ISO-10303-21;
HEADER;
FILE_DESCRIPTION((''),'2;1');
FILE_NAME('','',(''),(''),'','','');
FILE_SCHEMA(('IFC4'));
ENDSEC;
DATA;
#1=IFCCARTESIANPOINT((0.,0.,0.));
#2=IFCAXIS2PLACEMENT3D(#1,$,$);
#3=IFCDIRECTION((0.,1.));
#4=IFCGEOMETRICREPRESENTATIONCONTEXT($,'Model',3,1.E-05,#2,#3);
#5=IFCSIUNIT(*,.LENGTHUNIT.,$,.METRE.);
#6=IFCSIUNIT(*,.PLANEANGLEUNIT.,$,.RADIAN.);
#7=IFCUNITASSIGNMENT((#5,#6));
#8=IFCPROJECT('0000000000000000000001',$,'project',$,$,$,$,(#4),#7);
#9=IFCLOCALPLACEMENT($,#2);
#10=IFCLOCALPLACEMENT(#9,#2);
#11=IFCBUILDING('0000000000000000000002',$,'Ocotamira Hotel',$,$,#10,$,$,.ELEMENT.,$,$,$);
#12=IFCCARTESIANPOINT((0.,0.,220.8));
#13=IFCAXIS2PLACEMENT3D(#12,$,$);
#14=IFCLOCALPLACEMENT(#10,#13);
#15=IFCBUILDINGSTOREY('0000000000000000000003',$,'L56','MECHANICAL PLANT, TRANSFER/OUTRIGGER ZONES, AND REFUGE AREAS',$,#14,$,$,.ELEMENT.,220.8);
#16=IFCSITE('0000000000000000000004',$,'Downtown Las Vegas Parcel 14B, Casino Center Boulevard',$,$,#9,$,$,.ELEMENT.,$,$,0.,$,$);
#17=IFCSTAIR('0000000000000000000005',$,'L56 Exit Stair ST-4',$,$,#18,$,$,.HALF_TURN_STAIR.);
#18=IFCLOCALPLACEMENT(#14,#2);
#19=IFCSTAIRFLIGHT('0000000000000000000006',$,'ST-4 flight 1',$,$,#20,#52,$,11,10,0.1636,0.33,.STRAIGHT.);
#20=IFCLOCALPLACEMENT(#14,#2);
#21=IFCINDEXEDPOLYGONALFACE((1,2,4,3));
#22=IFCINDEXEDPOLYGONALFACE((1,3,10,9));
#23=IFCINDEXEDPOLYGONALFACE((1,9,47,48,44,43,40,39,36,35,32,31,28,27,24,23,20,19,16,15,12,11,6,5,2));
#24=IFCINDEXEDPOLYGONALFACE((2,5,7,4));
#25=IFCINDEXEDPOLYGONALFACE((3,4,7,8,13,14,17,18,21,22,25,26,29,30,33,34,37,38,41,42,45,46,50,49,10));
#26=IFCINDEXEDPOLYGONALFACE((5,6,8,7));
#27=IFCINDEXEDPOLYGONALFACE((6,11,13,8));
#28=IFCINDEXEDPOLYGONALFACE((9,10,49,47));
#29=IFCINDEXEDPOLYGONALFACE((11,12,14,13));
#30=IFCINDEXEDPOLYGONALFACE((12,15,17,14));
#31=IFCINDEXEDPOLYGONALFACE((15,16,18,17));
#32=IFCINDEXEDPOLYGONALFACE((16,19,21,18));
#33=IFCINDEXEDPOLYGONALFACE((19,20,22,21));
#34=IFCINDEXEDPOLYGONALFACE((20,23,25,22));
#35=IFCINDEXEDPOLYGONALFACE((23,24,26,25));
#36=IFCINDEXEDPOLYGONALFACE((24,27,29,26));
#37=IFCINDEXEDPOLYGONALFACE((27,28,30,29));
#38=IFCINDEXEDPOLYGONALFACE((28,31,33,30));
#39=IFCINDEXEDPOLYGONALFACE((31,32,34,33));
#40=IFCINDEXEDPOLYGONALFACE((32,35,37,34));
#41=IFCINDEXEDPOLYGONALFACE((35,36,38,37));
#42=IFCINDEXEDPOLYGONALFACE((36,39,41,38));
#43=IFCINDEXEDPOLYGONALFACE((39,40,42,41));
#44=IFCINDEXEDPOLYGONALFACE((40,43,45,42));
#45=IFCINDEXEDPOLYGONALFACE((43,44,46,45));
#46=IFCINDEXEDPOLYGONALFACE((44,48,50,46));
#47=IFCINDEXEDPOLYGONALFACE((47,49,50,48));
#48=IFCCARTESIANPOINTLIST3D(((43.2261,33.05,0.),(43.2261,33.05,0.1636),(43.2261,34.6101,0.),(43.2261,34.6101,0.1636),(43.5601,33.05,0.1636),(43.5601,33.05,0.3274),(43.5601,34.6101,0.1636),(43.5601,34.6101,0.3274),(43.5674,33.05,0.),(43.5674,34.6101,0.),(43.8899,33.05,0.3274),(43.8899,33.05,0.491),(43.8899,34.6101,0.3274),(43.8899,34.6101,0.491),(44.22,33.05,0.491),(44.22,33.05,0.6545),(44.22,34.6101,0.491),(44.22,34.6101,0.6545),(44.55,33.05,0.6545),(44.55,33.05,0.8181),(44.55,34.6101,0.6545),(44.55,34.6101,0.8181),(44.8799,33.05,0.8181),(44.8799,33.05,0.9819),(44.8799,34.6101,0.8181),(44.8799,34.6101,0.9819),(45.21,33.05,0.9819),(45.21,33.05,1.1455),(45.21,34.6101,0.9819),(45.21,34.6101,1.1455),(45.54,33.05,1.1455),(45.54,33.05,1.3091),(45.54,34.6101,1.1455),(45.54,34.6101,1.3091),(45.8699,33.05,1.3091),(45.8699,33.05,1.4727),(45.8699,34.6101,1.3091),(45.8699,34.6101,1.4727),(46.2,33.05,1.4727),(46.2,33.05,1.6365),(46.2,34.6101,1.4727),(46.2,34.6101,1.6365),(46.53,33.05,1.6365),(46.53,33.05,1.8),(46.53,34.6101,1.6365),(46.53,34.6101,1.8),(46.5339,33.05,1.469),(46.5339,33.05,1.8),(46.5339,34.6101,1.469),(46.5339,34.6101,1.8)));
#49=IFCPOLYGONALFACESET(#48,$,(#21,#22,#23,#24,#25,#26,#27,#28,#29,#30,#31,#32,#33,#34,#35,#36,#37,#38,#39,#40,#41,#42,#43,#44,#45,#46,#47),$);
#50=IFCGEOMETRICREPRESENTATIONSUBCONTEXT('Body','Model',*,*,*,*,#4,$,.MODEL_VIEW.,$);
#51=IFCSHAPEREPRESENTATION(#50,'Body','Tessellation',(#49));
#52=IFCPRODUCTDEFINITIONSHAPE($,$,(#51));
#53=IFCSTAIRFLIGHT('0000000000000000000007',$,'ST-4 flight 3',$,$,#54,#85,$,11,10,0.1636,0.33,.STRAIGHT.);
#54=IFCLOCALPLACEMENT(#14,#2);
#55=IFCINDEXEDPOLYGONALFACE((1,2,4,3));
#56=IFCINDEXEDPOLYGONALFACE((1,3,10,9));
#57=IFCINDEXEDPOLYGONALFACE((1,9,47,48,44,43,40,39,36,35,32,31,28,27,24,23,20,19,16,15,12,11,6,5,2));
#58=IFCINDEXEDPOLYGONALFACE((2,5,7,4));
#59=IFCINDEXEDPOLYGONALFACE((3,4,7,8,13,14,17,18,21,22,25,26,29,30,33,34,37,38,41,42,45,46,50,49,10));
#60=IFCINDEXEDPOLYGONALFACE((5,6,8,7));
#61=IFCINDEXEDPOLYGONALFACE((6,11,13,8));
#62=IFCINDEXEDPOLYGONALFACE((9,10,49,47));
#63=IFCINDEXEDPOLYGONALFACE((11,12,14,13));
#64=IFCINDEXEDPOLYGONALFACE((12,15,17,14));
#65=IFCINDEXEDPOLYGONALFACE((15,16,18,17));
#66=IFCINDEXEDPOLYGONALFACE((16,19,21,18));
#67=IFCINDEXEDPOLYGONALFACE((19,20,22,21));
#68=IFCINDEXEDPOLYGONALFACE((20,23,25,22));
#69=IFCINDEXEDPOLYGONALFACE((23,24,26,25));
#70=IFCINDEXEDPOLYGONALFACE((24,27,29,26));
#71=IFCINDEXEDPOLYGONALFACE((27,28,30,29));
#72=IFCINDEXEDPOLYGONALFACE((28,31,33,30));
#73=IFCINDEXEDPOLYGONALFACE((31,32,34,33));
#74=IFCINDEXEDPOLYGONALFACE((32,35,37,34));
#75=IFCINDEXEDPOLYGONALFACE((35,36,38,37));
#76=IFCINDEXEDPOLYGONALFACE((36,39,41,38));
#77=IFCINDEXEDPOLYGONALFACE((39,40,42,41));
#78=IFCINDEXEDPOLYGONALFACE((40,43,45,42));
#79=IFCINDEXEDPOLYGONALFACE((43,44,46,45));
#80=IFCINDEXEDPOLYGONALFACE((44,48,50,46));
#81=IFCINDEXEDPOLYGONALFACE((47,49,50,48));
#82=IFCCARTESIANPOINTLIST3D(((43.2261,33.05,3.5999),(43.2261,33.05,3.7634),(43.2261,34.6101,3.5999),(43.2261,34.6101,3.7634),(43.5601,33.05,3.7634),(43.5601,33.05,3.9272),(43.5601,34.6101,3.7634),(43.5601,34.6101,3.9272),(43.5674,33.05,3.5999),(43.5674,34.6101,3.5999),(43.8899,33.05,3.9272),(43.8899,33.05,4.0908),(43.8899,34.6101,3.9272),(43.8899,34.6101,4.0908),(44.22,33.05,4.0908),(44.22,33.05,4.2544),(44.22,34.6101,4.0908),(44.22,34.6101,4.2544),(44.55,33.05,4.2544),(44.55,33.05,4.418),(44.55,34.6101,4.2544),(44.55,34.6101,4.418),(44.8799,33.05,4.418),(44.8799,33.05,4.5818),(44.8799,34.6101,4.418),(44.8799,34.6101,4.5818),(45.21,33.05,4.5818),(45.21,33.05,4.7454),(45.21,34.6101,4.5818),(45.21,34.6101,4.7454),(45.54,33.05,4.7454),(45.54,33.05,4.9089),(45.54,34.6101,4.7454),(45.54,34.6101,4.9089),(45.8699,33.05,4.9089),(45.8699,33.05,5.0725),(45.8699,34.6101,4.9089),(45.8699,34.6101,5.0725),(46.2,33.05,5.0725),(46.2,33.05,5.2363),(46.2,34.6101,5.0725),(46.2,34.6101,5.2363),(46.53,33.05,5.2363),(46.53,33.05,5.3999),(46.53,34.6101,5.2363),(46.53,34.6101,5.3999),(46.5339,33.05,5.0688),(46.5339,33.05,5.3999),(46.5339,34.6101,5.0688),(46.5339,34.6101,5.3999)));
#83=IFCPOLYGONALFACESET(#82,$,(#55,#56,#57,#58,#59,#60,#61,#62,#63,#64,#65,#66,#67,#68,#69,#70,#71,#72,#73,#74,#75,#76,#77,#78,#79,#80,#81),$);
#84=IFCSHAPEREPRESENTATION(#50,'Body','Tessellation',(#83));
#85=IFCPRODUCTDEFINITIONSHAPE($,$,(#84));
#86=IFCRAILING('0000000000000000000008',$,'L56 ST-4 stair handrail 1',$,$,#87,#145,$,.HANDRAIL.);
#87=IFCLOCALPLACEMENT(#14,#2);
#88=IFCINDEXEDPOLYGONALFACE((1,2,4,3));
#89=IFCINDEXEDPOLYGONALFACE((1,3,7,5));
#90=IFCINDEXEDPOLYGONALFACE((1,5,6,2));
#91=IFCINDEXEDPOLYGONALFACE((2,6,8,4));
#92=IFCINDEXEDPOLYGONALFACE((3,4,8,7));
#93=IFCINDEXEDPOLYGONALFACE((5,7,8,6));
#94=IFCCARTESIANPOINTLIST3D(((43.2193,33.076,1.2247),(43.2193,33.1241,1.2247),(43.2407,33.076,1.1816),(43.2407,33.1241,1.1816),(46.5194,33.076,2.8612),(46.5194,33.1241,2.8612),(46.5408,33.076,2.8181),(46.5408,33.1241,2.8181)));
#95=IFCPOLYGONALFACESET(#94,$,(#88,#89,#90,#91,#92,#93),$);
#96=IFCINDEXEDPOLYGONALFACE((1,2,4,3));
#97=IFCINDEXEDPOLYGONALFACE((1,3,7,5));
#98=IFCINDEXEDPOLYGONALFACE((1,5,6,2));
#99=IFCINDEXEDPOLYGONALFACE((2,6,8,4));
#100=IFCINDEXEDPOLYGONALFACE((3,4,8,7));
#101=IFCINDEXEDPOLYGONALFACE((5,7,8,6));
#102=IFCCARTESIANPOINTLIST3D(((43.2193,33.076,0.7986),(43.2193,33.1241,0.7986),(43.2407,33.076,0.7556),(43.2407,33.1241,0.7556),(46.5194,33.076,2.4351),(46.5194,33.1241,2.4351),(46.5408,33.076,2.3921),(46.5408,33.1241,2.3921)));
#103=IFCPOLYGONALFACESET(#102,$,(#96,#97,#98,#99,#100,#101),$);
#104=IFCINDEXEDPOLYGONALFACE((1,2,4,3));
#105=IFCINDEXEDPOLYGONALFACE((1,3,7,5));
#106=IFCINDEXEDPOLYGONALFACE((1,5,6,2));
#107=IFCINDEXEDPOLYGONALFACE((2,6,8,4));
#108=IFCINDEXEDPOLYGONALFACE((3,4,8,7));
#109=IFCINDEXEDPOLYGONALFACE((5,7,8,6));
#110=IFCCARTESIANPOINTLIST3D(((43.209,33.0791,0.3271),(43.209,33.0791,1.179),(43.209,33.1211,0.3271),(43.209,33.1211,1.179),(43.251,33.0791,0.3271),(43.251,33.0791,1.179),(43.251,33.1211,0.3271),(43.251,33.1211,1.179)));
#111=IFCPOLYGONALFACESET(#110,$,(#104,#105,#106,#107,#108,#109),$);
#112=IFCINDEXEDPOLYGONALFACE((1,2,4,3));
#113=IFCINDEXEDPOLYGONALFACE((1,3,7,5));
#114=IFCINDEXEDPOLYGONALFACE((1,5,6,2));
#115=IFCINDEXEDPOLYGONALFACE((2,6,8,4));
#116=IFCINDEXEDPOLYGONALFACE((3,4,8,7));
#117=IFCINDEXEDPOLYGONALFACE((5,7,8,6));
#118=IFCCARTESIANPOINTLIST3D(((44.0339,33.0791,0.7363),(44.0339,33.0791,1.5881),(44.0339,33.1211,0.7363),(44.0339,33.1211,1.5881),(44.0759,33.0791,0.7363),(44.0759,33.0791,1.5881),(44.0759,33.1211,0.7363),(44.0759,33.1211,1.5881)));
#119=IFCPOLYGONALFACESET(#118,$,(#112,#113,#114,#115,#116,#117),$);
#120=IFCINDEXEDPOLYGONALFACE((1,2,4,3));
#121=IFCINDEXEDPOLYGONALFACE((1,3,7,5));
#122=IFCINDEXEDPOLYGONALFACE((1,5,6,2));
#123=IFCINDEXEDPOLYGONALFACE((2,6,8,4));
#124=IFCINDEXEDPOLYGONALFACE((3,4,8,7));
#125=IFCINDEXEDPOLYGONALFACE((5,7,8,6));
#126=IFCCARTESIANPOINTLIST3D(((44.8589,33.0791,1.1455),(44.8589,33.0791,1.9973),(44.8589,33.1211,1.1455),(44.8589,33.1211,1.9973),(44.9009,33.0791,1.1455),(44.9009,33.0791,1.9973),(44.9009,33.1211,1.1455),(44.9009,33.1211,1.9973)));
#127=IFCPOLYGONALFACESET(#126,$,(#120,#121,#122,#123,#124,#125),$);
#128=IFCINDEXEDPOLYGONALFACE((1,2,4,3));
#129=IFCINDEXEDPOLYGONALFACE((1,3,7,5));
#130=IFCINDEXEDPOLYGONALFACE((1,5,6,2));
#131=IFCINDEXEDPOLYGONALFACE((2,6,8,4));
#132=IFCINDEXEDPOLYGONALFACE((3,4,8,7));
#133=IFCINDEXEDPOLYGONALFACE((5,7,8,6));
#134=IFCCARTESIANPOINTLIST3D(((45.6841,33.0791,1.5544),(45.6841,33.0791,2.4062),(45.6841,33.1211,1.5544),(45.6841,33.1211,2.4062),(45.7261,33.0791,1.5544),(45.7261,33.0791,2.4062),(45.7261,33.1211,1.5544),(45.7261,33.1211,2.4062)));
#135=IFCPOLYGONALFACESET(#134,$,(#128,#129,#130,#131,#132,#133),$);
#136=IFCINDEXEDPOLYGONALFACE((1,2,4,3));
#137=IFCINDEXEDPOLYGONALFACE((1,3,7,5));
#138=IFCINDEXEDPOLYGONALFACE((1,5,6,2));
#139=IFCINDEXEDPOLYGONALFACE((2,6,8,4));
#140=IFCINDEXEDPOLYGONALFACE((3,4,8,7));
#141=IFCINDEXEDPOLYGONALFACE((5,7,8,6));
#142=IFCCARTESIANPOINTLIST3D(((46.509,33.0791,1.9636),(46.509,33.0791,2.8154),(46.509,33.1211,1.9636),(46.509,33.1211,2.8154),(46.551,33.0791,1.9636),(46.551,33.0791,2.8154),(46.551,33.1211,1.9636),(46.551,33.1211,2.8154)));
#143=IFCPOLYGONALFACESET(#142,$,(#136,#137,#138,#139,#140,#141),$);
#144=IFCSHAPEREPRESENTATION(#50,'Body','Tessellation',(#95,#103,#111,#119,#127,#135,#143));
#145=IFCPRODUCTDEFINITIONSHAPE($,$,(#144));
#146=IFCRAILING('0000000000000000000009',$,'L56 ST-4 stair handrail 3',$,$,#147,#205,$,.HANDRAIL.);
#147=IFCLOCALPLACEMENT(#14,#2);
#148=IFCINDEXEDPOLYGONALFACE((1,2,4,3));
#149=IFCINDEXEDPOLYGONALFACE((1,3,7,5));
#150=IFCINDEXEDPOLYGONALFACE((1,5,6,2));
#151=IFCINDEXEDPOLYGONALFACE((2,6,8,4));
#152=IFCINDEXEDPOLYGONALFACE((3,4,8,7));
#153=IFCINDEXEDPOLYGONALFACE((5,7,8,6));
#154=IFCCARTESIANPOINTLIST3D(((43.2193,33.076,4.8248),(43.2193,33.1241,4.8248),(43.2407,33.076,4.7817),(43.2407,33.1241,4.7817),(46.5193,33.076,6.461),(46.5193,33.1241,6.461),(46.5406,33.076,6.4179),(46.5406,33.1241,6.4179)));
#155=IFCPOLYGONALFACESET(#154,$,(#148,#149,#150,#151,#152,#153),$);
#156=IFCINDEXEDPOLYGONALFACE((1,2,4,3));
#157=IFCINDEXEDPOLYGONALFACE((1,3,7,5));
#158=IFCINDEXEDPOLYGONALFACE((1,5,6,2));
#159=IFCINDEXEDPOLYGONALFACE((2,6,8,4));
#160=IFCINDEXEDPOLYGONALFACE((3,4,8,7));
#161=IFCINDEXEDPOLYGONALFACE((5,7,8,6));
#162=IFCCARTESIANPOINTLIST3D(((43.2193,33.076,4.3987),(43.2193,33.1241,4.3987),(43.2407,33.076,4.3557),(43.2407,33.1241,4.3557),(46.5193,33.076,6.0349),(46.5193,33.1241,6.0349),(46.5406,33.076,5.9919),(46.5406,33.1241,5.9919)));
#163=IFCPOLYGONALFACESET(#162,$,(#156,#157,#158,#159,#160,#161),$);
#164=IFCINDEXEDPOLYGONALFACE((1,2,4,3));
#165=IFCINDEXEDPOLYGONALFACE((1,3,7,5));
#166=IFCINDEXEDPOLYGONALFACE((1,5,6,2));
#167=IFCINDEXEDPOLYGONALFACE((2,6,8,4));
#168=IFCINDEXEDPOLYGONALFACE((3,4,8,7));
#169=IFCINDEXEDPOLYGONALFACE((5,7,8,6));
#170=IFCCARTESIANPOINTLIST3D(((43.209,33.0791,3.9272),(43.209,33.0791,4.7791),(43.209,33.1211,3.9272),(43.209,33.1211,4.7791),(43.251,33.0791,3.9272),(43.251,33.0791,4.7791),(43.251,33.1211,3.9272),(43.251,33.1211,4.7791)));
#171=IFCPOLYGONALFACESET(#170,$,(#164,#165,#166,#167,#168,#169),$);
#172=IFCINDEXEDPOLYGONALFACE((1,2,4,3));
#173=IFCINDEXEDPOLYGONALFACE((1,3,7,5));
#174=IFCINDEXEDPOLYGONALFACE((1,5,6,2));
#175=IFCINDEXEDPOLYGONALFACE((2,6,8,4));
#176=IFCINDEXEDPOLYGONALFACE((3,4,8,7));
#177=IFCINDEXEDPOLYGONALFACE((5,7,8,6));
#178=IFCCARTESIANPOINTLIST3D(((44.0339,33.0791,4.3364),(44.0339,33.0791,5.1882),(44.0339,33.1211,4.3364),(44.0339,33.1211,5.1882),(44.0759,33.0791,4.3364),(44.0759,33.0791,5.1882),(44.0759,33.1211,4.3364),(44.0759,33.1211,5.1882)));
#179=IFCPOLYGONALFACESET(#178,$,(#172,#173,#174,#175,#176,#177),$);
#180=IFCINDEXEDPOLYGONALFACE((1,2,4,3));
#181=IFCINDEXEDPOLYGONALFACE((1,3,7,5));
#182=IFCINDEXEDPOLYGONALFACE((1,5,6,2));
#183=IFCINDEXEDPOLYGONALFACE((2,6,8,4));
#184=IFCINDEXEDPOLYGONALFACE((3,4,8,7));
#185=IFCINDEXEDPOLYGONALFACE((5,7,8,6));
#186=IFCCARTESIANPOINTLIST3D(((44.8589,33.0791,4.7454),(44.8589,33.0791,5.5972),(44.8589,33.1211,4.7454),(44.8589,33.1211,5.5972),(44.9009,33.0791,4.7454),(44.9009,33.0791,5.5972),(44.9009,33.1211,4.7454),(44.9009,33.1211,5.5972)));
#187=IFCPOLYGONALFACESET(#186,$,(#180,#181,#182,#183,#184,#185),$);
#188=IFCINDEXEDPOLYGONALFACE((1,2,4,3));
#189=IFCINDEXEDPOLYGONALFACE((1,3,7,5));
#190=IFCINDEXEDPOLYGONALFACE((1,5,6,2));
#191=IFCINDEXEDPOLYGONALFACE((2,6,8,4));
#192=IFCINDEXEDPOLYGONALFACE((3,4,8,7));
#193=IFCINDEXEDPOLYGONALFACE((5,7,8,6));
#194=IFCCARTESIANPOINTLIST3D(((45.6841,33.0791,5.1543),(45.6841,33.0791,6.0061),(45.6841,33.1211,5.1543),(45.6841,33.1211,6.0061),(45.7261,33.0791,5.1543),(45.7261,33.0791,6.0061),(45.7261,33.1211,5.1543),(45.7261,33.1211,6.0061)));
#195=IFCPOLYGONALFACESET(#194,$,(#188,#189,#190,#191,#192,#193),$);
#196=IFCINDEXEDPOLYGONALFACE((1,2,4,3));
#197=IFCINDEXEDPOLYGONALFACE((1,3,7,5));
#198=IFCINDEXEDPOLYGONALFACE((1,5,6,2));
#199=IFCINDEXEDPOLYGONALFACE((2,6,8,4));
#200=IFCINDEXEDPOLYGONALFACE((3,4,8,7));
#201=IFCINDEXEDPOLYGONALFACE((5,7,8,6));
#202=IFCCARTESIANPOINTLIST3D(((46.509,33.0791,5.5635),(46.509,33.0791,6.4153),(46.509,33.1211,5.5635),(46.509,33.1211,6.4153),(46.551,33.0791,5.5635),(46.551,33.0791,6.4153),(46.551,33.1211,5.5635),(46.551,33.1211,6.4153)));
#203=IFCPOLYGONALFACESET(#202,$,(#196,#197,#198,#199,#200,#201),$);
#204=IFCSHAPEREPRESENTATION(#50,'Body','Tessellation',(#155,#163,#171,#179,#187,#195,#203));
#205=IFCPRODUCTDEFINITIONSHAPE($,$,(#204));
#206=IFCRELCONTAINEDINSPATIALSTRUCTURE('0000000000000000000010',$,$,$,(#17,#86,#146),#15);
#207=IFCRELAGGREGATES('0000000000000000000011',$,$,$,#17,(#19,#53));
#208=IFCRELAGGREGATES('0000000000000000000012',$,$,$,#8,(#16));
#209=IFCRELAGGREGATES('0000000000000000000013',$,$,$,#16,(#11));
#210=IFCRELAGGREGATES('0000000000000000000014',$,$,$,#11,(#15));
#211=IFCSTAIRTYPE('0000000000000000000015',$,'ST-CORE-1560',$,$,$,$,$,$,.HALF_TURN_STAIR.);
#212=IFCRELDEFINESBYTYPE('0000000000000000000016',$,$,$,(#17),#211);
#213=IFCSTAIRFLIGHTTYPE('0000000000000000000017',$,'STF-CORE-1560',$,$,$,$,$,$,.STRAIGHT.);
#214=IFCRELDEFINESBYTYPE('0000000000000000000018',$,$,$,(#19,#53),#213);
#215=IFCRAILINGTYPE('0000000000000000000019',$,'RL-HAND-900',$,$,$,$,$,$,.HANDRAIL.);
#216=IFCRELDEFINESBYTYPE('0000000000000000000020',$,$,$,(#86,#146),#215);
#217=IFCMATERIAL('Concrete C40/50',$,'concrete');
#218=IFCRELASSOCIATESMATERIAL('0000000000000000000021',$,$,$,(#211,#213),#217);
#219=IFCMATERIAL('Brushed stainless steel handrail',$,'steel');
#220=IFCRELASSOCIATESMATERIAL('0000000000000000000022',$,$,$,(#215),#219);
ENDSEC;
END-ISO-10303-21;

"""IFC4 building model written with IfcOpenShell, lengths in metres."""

from ifc_helpers import new_model, si_unit, direction, frame, origin, origin_2d, place, context, subcontext, project, spatial, polyline, rectangle, outline, extrude, source, transform, mapped, material, type_object, element, aggregate, save


model = new_model("IFC4")

# Units and contexts
model_context = context("Model", 3, precision=1e-05, world=origin(), true_north=direction((0.0, 1.0)))
body_context = subcontext(model_context, "Body", "Model", "MODEL_VIEW")
ifc_project = project(units=[si_unit("LENGTHUNIT", "METRE"), si_unit("PLANEANGLEUNIT", "RADIAN")], contexts=[model_context])

# Site, building, storey
site_placement = place(None, origin())
site = spatial("IfcSite", under=ifc_project, at=site_placement, Name="Downtown Las Vegas Parcel 14B, Casino Center Boulevard", CompositionType="ELEMENT", RefElevation=0.0)
building_placement = place(site_placement, origin())
building = spatial("IfcBuilding", under=site, at=building_placement, Name="Ocotamira Hotel", CompositionType="ELEMENT")
storey_placement = place(building_placement, frame((0.0, 0.0, 220.8)))
storey = spatial("IfcBuildingStorey", under=building, at=storey_placement, Name="L56", Description="MECHANICAL PLANT, TRANSFER/OUTRIGGER ZONES, AND REFUGE AREAS", CompositionType="ELEMENT", Elevation=220.8)

# Stair, stair flights
ifc_material_1 = material(Name="Concrete C40/50", Category="concrete")
stair_type = type_object("IfcStairType", Name="ST-CORE-1560", PredefinedType="HALF_TURN_STAIR", material=ifc_material_1)
stair_placement = place(storey_placement, origin())
stair = element("IfcStair", 1, at=stair_placement, inside=storey, type_object=stair_type, Name="L56 Exit Stair ST-4", PredefinedType="HALF_TURN_STAIR")
stair_flight_type = type_object("IfcStairFlightType", Name="STF-CORE-1560", PredefinedType="STRAIGHT", material=ifc_material_1)
shared_shape_1 = source(origin(), body_context, "Body", "SweptSolid", [
    extrude(outline(polyline([(-0.0039, 0.0), (-0.0039, 0.1636), (0.3301, 0.1636), (0.3301, 0.3274), (0.6599, 0.3274), (0.6599, 0.491), (0.99, 0.491), (0.99, 0.6545), (1.3201, 0.6545), (1.3201, 0.8181), (1.6499, 0.8181), (1.6499, 0.9819), (1.98, 0.9819), (1.98, 1.1455), (2.3101, 1.1455), (2.3101, 1.3091), (2.6399, 1.3091), (2.6399, 1.4727), (2.97, 1.4727), (2.97, 1.6365), (3.3, 1.6365), (3.3, 1.8), (3.304, 1.8), (3.304, 1.469), (0.3374, 0.0), (-0.0039, 0.0)])), frame((0.0, 0.78, 0.0), z_axis=(0.0, -1.0, 0.0), x_axis=(1.0, 0.0, 0.0)), (0.0, 0.0, 1.0), 1.5601),
])
stair_flight_1_placement = place(storey_placement, frame((43.23, 33.8301, 0.0), z_axis=(0.0, 0.0, 1.0), x_axis=(1.0, 0.0, 0.0)))
stair_flight_1 = element("IfcStairFlight", 2, at=stair_flight_1_placement, type_object=stair_flight_type, Name="ST-4 flight 1", NumberOfRisers=11, NumberOfTreads=10, PredefinedType="STRAIGHT", RiserHeight=0.1636, TreadLength=0.33, context=body_context, shape_type="MappedRepresentation", body=[
    mapped(shared_shape_1, transform((0.0, 0.0, 0.0), scale=1.0)),
])
stair_flight_2_placement = place(storey_placement, frame((43.23, 33.8301, 3.5999), z_axis=(0.0, 0.0, 1.0), x_axis=(1.0, 0.0, 0.0)))
stair_flight_2 = element("IfcStairFlight", 3, at=stair_flight_2_placement, type_object=stair_flight_type, Name="ST-4 flight 3", NumberOfRisers=11, NumberOfTreads=10, PredefinedType="STRAIGHT", RiserHeight=0.1636, TreadLength=0.33, context=body_context, shape_type="MappedRepresentation", body=[
    mapped(shared_shape_1, transform((0.0, 0.0, 0.0), scale=1.0)),
])
aggregate(stair, [stair_flight_1, stair_flight_2])

# Railings
ifc_material_2 = material(Name="Brushed stainless steel handrail", Category="steel")
railing_type_1 = type_object("IfcRailingType", Name="RL-HAND-900", PredefinedType="HANDRAIL", material=ifc_material_2)
railing_1_placement = place(storey_placement, frame((43.23, 33.1001, 0.3271)))
element("IfcRailing", 4, at=railing_1_placement, inside=storey, type_object=railing_type_1, Name="L56 ST-4 stair handrail 1", PredefinedType="HANDRAIL", context=body_context, shape_type="SweptSolid", body=[
    extrude(rectangle(XDim=0.0481, YDim=0.0481, at=origin_2d()), frame((0.0, 0.0, 0.876), z_axis=(0.895894, 0.0, 0.444268), x_axis=(0.0, 1.0, 0.0)), (0.0, 0.0, 1.0), 3.6836),
    extrude(rectangle(XDim=0.0481, YDim=0.0481, at=origin_2d()), frame((0.0, 0.0, 0.45), z_axis=(0.895894, 0.0, 0.444268), x_axis=(0.0, 1.0, 0.0)), (0.0, 0.0, 1.0), 3.6836),
    extrude(rectangle(XDim=0.042, YDim=0.042, at=origin_2d()), origin(), (0.0, 0.0, 1.0), 0.8518),
    extrude(rectangle(XDim=0.042, YDim=0.042, at=origin_2d()), frame((0.825, 0.0, 0.4092)), (0.0, 0.0, 1.0), 0.8518),
    extrude(rectangle(XDim=0.042, YDim=0.042, at=origin_2d()), frame((1.6499, 0.0, 0.8184)), (0.0, 0.0, 1.0), 0.8518),
    extrude(rectangle(XDim=0.042, YDim=0.042, at=origin_2d()), frame((2.4751, 0.0, 1.2273)), (0.0, 0.0, 1.0), 0.8518),
    extrude(rectangle(XDim=0.042, YDim=0.042, at=origin_2d()), frame((3.3, 0.0, 1.6365)), (0.0, 0.0, 1.0), 0.8518),
])
railing_2_placement = place(storey_placement, frame((43.23, 33.1001, 3.9272)))
element("IfcRailing", 5, at=railing_2_placement, inside=storey, type_object=railing_type_1, Name="L56 ST-4 stair handrail 3", PredefinedType="HANDRAIL", context=body_context, shape_type="SweptSolid", body=[
    extrude(rectangle(XDim=0.0481, YDim=0.0481, at=origin_2d()), frame((0.0, 0.0, 0.876), z_axis=(0.89592, 0.0, 0.444215), x_axis=(0.0, 1.0, 0.0)), (0.0, 0.0, 1.0), 3.6833),
    extrude(rectangle(XDim=0.0481, YDim=0.0481, at=origin_2d()), frame((0.0, 0.0, 0.45), z_axis=(0.89592, 0.0, 0.444215), x_axis=(0.0, 1.0, 0.0)), (0.0, 0.0, 1.0), 3.6833),
    extrude(rectangle(XDim=0.042, YDim=0.042, at=origin_2d()), origin(), (0.0, 0.0, 1.0), 0.8518),
    extrude(rectangle(XDim=0.042, YDim=0.042, at=origin_2d()), frame((0.825, 0.0, 0.4092)), (0.0, 0.0, 1.0), 0.8518),
    extrude(rectangle(XDim=0.042, YDim=0.042, at=origin_2d()), frame((1.6499, 0.0, 0.8181)), (0.0, 0.0, 1.0), 0.8518),
    extrude(rectangle(XDim=0.042, YDim=0.042, at=origin_2d()), frame((2.4751, 0.0, 1.2271)), (0.0, 0.0, 1.0), 0.8518),
    extrude(rectangle(XDim=0.042, YDim=0.042, at=origin_2d()), frame((3.3, 0.0, 1.6362)), (0.0, 0.0, 1.0), 0.8518),
])

save(model, "model.ifc")
